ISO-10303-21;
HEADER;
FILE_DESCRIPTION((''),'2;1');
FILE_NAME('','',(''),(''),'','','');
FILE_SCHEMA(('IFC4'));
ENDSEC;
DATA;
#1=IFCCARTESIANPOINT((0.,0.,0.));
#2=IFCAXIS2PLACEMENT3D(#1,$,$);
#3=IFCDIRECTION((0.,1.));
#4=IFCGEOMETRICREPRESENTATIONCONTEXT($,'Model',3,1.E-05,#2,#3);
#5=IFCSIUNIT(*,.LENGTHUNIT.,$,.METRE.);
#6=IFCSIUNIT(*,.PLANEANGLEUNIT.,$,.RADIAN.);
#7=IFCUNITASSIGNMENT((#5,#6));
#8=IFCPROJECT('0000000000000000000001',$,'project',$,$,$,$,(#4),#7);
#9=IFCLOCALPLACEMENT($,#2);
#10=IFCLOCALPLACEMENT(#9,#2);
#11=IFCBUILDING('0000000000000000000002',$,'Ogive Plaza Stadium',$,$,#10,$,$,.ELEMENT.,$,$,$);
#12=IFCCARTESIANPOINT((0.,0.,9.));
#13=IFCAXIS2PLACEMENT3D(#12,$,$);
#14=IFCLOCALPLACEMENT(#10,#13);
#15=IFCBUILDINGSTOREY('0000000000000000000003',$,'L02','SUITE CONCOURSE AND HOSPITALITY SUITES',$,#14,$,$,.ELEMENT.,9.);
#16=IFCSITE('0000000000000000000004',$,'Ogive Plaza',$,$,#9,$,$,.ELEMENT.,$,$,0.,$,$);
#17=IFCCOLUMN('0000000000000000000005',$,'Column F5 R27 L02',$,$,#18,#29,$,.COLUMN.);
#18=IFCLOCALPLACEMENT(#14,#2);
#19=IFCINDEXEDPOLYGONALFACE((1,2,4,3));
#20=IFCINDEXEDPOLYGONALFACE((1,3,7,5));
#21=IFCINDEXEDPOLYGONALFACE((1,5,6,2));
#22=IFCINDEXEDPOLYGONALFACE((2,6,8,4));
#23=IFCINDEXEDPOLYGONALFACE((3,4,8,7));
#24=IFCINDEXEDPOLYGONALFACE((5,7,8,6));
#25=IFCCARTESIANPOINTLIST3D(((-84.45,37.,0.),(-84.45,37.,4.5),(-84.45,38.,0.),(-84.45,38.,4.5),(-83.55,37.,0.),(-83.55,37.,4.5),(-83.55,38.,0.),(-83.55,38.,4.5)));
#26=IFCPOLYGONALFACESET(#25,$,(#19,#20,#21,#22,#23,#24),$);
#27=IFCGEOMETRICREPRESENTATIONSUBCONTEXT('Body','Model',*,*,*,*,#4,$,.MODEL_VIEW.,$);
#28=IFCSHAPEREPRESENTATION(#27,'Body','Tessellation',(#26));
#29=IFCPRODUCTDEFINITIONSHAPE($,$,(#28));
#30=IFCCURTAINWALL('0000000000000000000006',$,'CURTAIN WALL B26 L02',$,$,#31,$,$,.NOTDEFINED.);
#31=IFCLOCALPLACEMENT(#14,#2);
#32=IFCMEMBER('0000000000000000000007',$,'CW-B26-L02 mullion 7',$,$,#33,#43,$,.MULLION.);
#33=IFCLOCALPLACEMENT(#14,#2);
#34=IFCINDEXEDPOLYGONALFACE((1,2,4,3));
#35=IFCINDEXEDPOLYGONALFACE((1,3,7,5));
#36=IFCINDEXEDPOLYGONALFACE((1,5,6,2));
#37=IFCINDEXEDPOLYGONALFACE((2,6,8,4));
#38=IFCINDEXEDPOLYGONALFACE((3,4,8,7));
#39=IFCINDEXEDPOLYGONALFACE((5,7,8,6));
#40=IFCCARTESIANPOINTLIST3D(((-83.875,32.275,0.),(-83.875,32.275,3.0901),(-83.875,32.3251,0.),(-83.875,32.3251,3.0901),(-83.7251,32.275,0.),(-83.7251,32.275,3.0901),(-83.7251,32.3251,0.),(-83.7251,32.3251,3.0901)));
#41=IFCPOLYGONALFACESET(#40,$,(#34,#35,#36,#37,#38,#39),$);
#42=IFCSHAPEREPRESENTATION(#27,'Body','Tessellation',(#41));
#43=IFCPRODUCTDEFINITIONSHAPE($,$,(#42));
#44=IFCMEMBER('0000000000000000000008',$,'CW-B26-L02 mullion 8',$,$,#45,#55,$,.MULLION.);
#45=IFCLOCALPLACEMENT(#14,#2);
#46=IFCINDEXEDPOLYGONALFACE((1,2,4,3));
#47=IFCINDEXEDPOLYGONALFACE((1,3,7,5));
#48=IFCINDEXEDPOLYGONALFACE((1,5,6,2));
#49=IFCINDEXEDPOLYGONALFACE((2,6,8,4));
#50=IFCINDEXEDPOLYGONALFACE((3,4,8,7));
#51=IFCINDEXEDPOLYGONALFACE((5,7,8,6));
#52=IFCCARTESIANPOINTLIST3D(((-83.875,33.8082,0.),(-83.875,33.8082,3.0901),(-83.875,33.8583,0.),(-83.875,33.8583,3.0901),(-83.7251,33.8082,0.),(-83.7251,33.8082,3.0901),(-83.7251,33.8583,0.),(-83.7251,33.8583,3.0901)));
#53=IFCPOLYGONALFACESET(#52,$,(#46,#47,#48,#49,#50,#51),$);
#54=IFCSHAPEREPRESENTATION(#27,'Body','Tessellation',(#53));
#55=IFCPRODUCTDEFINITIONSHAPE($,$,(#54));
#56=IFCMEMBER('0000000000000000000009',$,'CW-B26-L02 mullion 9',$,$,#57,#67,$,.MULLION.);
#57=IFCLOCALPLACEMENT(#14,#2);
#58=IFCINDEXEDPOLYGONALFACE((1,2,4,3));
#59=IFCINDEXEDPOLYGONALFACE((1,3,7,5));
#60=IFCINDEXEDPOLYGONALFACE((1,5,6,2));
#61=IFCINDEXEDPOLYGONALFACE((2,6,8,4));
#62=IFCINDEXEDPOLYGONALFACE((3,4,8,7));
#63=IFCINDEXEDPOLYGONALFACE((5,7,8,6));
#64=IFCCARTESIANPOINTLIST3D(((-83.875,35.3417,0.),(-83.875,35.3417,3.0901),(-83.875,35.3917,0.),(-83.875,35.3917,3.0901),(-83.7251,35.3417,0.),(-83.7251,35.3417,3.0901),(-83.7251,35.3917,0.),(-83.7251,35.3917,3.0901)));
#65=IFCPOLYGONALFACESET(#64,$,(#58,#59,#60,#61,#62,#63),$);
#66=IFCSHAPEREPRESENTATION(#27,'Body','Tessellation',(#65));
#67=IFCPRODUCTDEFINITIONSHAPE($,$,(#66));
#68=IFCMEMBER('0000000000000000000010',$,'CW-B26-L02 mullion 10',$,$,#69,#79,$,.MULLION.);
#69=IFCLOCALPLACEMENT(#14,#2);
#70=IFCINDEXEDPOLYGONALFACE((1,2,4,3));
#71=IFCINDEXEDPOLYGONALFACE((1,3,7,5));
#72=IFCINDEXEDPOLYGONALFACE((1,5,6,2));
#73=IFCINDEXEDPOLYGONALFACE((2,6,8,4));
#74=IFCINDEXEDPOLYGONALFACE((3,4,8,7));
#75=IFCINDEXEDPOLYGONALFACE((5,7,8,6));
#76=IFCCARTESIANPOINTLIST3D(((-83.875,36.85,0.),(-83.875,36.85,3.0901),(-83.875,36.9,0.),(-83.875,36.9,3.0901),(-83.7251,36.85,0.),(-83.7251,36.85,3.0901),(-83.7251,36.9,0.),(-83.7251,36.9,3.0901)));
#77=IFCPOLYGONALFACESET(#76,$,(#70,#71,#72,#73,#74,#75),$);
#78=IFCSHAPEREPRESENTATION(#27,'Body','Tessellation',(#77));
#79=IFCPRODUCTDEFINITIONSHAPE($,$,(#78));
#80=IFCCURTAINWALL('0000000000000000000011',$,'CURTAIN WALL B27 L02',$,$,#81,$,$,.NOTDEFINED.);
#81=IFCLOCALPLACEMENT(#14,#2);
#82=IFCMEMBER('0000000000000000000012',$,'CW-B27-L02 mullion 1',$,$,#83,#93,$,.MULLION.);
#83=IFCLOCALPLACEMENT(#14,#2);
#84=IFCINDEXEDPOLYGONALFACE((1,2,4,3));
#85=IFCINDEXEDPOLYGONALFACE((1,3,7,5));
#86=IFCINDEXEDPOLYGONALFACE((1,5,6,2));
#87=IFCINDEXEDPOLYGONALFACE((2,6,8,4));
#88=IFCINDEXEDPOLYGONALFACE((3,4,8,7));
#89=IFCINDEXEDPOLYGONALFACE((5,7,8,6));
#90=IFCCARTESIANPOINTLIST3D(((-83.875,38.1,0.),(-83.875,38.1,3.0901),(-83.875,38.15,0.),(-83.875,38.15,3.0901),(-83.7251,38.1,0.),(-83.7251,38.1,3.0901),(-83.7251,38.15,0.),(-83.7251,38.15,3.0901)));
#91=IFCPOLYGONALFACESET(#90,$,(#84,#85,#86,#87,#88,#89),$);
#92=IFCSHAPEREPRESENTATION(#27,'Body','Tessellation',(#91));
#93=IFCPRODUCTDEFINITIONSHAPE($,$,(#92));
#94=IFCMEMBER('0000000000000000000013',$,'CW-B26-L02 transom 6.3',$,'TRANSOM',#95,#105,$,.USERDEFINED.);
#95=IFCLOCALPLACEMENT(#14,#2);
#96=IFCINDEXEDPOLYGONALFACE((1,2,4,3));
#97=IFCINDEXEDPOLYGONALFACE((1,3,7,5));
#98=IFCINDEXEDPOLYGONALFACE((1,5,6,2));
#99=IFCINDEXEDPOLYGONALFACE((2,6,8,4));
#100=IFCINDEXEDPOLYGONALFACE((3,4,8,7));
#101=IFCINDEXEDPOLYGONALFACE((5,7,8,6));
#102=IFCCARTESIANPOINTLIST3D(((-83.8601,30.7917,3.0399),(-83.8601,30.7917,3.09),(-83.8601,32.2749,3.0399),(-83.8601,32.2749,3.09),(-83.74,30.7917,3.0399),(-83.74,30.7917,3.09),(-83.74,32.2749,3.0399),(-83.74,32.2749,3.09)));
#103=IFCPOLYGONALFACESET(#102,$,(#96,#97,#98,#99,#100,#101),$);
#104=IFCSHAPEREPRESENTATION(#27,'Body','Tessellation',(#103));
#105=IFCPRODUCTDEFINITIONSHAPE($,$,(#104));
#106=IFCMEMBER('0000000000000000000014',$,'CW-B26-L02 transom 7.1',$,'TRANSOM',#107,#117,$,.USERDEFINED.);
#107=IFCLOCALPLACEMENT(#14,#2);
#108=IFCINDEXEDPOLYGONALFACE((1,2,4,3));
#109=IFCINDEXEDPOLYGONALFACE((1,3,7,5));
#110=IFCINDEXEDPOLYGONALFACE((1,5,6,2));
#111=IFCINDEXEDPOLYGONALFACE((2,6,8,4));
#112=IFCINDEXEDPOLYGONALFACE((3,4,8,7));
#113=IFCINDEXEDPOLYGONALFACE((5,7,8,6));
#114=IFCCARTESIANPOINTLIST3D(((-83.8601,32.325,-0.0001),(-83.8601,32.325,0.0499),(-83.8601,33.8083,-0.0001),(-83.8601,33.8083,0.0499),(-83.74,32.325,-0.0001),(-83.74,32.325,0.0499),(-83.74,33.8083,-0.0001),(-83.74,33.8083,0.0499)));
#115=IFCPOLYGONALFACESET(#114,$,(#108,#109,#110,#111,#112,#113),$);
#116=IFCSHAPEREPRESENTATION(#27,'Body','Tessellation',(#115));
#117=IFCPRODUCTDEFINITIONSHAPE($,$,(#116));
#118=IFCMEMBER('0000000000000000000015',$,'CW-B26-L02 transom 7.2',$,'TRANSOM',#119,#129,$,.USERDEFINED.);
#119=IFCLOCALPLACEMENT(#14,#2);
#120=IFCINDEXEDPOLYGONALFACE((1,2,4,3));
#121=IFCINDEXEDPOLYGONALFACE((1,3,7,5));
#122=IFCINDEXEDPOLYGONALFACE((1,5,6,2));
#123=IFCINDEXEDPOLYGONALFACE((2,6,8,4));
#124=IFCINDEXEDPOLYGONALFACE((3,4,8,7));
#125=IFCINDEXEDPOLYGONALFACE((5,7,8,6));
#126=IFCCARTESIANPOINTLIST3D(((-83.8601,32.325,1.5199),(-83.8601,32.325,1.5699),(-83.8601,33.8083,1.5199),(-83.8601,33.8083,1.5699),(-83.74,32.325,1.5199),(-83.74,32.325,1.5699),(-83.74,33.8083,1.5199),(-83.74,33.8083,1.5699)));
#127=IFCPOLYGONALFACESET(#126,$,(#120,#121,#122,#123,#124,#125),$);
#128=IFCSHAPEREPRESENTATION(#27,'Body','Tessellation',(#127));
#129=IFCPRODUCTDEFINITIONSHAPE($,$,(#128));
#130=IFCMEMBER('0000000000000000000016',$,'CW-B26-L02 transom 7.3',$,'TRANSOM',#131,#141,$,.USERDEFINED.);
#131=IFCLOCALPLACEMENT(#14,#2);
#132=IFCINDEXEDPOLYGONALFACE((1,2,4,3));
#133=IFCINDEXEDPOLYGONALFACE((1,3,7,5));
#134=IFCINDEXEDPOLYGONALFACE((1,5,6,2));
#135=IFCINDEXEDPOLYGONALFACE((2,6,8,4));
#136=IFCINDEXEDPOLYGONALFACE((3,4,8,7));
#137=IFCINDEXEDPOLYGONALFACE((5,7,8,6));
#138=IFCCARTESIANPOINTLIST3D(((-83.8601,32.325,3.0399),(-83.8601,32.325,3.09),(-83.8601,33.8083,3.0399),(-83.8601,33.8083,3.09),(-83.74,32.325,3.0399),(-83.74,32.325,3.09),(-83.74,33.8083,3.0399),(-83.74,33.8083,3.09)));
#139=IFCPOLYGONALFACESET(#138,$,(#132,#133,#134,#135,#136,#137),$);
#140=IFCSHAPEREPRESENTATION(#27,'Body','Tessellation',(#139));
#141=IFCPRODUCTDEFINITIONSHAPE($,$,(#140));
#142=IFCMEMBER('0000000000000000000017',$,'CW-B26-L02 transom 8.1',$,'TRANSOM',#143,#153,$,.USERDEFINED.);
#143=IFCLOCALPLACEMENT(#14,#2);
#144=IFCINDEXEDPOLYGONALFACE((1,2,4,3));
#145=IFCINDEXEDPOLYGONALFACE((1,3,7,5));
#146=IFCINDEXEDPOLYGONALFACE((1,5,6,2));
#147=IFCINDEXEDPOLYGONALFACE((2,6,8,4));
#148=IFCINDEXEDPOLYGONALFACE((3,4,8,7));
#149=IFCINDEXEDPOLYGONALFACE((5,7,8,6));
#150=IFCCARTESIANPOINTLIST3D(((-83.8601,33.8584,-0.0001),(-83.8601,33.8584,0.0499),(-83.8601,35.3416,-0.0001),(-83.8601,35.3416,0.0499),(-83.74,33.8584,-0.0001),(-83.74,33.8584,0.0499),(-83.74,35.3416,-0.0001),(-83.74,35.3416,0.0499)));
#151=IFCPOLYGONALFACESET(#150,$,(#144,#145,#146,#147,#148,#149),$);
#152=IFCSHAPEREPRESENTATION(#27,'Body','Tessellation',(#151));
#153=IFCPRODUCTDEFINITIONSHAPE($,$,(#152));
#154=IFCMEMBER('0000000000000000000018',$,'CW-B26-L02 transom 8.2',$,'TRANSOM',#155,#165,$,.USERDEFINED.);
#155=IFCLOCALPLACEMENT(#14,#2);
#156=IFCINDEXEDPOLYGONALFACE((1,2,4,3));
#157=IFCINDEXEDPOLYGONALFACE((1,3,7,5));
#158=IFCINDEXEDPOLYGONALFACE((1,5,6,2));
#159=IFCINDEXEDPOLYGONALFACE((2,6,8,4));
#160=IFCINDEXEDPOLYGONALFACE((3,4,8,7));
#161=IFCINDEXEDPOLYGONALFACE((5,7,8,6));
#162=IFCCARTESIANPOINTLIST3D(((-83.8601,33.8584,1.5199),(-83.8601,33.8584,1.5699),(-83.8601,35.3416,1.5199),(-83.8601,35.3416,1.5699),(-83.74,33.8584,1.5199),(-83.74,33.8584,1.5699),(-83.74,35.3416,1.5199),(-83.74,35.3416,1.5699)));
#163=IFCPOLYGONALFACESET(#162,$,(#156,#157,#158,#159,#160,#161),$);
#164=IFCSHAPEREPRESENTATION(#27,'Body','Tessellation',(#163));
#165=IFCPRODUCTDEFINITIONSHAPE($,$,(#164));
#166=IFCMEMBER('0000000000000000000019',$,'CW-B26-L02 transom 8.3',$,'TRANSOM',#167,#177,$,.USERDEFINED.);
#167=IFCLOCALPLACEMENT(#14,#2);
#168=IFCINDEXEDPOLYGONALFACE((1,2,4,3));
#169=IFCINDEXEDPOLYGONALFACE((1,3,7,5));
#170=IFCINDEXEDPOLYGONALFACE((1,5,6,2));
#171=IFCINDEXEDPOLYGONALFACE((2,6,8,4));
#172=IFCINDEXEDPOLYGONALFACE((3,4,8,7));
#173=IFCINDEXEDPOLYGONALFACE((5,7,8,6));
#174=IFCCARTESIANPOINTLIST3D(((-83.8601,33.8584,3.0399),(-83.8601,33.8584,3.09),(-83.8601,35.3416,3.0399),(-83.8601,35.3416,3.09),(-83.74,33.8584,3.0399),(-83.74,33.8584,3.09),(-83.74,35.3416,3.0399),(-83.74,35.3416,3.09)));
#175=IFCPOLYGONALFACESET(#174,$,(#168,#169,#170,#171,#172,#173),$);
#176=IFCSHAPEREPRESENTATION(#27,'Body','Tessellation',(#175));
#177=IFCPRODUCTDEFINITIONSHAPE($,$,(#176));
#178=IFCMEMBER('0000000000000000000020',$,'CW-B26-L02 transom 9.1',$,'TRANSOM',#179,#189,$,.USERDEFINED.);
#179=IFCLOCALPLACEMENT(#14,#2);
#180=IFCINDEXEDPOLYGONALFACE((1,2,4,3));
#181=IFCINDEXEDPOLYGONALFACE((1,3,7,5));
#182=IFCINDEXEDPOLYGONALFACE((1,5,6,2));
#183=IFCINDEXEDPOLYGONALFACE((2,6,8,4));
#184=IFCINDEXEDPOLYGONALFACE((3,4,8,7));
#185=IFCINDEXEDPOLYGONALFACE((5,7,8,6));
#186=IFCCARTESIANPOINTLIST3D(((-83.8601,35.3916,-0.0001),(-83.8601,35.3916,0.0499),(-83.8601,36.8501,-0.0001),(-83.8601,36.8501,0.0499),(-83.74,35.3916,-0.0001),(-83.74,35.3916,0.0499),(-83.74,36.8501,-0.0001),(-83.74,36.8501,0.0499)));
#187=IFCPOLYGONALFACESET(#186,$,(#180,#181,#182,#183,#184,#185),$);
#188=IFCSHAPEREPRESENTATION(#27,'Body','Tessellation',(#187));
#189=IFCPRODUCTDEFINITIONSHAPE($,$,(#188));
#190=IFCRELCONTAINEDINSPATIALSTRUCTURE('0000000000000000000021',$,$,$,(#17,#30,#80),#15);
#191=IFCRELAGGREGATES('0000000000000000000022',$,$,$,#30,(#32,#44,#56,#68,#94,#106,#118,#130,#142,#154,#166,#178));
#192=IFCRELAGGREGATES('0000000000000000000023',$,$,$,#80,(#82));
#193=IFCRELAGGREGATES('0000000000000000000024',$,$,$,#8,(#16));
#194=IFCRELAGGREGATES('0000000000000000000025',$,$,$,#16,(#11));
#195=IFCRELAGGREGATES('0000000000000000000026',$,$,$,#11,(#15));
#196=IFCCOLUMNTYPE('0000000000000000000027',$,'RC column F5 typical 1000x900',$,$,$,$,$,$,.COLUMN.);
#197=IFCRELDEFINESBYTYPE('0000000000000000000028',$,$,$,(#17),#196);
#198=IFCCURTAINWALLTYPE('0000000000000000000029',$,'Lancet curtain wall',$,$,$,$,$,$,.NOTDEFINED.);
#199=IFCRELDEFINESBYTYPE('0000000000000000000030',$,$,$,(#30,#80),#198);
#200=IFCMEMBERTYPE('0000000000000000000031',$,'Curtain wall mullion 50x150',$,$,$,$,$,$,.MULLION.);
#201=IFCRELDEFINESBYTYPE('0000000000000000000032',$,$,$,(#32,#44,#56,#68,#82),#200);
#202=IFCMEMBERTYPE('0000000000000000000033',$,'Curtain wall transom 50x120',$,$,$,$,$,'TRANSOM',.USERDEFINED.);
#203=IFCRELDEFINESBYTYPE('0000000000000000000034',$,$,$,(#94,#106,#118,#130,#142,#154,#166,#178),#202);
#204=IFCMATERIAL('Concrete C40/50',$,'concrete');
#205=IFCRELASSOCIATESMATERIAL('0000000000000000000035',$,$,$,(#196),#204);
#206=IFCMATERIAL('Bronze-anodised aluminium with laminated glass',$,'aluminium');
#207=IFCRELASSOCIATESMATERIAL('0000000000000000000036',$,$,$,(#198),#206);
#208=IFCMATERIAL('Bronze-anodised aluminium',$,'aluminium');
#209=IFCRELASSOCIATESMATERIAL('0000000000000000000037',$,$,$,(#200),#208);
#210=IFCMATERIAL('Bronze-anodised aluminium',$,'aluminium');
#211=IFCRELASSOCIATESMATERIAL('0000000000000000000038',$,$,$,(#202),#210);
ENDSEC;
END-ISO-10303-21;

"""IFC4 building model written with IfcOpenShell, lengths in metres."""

from ifc_helpers import new_model, si_unit, direction, frame, origin, origin_2d, place, context, subcontext, project, spatial, rectangle, extrude, material, material_profile, profile_set, type_object, element, aggregate, save


model = new_model("IFC4")

# Units and contexts
model_context = context("Model", 3, precision=1e-05, world=origin(), true_north=direction((0.0, 1.0)))
body_context = subcontext(model_context, "Body", "Model", "MODEL_VIEW")
ifc_project = project(units=[si_unit("LENGTHUNIT", "METRE"), si_unit("PLANEANGLEUNIT", "RADIAN")], contexts=[model_context])

# Site, building, storey
site_placement = place(None, origin())
site = spatial("IfcSite", under=ifc_project, at=site_placement, Name="Ogive Plaza", CompositionType="ELEMENT", RefElevation=0.0)
building_placement = place(site_placement, origin())
building = spatial("IfcBuilding", under=site, at=building_placement, Name="Ogive Plaza Stadium", CompositionType="ELEMENT")
storey_placement = place(building_placement, frame((0.0, 0.0, 9.0)))
storey = spatial("IfcBuildingStorey", under=building, at=storey_placement, Name="L02", Description="SUITE CONCOURSE AND HOSPITALITY SUITES", CompositionType="ELEMENT", Elevation=9.0)

# Column
ifc_material_1 = material(Name="Concrete C40/50", Category="concrete")
ifc_material_profile_1 = material_profile(ifc_material_1, rectangle(XDim=1.0, YDim=0.8999, at=origin_2d()), Name="RC 1000x900")
ifc_profile_set_1 = profile_set([ifc_material_profile_1], Name="Concrete C40/50")
column_type = type_object("IfcColumnType", Name="RC column F5 typical 1000x900", PredefinedType="COLUMN", material=ifc_profile_set_1)
column_placement = place(storey_placement, frame((-84.0, 37.5, 0.0), z_axis=(0.0, 0.0, 1.0), x_axis=(0.0, -1.0, 0.0)))
element("IfcColumn", 1, at=column_placement, inside=storey, type_object=column_type, Name="Column F5 R27 L02", PredefinedType="COLUMN", context=body_context, shape_type="SweptSolid", body=[
    extrude(rectangle(XDim=1.0, YDim=0.8999, at=origin_2d()), origin(), (0.0, 0.0, 1.0), 4.5),
])

# Curtain wall, members
ifc_material_2 = material(Name="Bronze-anodised aluminium with laminated glass", Category="aluminium")
curtain_wall_type = type_object("IfcCurtainWallType", Name="Lancet curtain wall", PredefinedType="NOTDEFINED", material=ifc_material_2)
curtain_wall_1_placement = place(storey_placement, origin())
curtain_wall_1 = element("IfcCurtainWall", 2, at=curtain_wall_1_placement, inside=storey, type_object=curtain_wall_type, Name="CURTAIN WALL B26 L02", PredefinedType="NOTDEFINED")
ifc_material_3 = material(Name="Bronze-anodised aluminium", Category="aluminium")
ifc_material_profile_2 = material_profile(ifc_material_3, rectangle(XDim=0.1499, YDim=0.05, at=origin_2d()), Name="AL 150x50")
ifc_profile_set_2 = profile_set([ifc_material_profile_2], Name="Bronze-anodised aluminium")
member_type_1 = type_object("IfcMemberType", Name="Curtain wall mullion 50x150", PredefinedType="MULLION", material=ifc_profile_set_2)
member_1_placement = place(storey_placement, frame((-83.8, 32.3, 0.0), z_axis=(0.0, 0.0, 1.0), x_axis=(-1.0, 0.0, 0.0)))
member_1 = element("IfcMember", 3, at=member_1_placement, type_object=member_type_1, Name="CW-B26-L02 mullion 7", PredefinedType="MULLION", context=body_context, shape_type="SweptSolid", body=[
    extrude(rectangle(XDim=0.1499, YDim=0.05, at=origin_2d()), origin(), (0.0, 0.0, 1.0), 3.0901),
])
member_2_placement = place(storey_placement, frame((-83.8, 33.8333, 0.0), z_axis=(0.0, 0.0, 1.0), x_axis=(-1.0, 0.0, 0.0)))
member_2 = element("IfcMember", 4, at=member_2_placement, type_object=member_type_1, Name="CW-B26-L02 mullion 8", PredefinedType="MULLION", context=body_context, shape_type="SweptSolid", body=[
    extrude(rectangle(XDim=0.1499, YDim=0.05, at=origin_2d()), origin(), (0.0, 0.0, 1.0), 3.0901),
])
member_3_placement = place(storey_placement, frame((-83.8, 35.3667, 0.0), z_axis=(0.0, 0.0, 1.0), x_axis=(-1.0, 0.0, 0.0)))
member_3 = element("IfcMember", 5, at=member_3_placement, type_object=member_type_1, Name="CW-B26-L02 mullion 9", PredefinedType="MULLION", context=body_context, shape_type="SweptSolid", body=[
    extrude(rectangle(XDim=0.1499, YDim=0.05, at=origin_2d()), origin(), (0.0, 0.0, 1.0), 3.0901),
])
member_4_placement = place(storey_placement, frame((-83.8, 36.875, 0.0), z_axis=(0.0, 0.0, 1.0), x_axis=(-1.0, 0.0, 0.0)))
member_4 = element("IfcMember", 6, at=member_4_placement, type_object=member_type_1, Name="CW-B26-L02 mullion 10", PredefinedType="MULLION", context=body_context, shape_type="SweptSolid", body=[
    extrude(rectangle(XDim=0.1499, YDim=0.05, at=origin_2d()), origin(), (0.0, 0.0, 1.0), 3.0901),
])

# Curtain wall, member
curtain_wall_2_placement = place(storey_placement, origin())
curtain_wall_2 = element("IfcCurtainWall", 7, at=curtain_wall_2_placement, inside=storey, type_object=curtain_wall_type, Name="CURTAIN WALL B27 L02", PredefinedType="NOTDEFINED")
member_5_placement = place(storey_placement, frame((-83.8, 38.125, 0.0), z_axis=(0.0, 0.0, 1.0), x_axis=(-1.0, 0.0, 0.0)))
member_5 = element("IfcMember", 8, at=member_5_placement, type_object=member_type_1, Name="CW-B27-L02 mullion 1", PredefinedType="MULLION", context=body_context, shape_type="SweptSolid", body=[
    extrude(rectangle(XDim=0.1499, YDim=0.05, at=origin_2d()), origin(), (0.0, 0.0, 1.0), 3.0901),
])

# Members
ifc_material_4 = material(Name="Bronze-anodised aluminium", Category="aluminium")
ifc_material_profile_3 = material_profile(ifc_material_4, rectangle(XDim=0.1201, YDim=0.05, at=origin_2d()), Name="AL 120x50")
ifc_profile_set_3 = profile_set([ifc_material_profile_3], Name="Bronze-anodised aluminium")
member_type_2 = type_object("IfcMemberType", Name="Curtain wall transom 50x120", ElementType="TRANSOM", PredefinedType="USERDEFINED", material=ifc_profile_set_3)
member_6_placement = place(storey_placement, frame((-83.8, 30.7917, 3.0649), z_axis=(0.0, 1.0, 0.0), x_axis=(-1.0, 0.0, 0.0)))
member_6 = element("IfcMember", 9, at=member_6_placement, type_object=member_type_2, Name="CW-B26-L02 transom 6.3", ObjectType="TRANSOM", PredefinedType="USERDEFINED", context=body_context, shape_type="SweptSolid", body=[
    extrude(rectangle(XDim=0.1201, YDim=0.05, at=origin_2d()), origin(), (0.0, 0.0, 1.0), 1.4832),
])
member_7_placement = place(storey_placement, frame((-83.8, 32.325, 0.0249), z_axis=(0.0, 1.0, 0.0), x_axis=(-1.0, 0.0, 0.0)))
member_7 = element("IfcMember", 10, at=member_7_placement, type_object=member_type_2, Name="CW-B26-L02 transom 7.1", ObjectType="TRANSOM", PredefinedType="USERDEFINED", context=body_context, shape_type="SweptSolid", body=[
    extrude(rectangle(XDim=0.1201, YDim=0.05, at=origin_2d()), origin(), (0.0, 0.0, 1.0), 1.4834),
])
member_8_placement = place(storey_placement, frame((-83.8, 32.325, 1.5449), z_axis=(0.0, 1.0, 0.0), x_axis=(-1.0, 0.0, 0.0)))
member_8 = element("IfcMember", 11, at=member_8_placement, type_object=member_type_2, Name="CW-B26-L02 transom 7.2", ObjectType="TRANSOM", PredefinedType="USERDEFINED", context=body_context, shape_type="SweptSolid", body=[
    extrude(rectangle(XDim=0.1201, YDim=0.05, at=origin_2d()), origin(), (0.0, 0.0, 1.0), 1.4834),
])
member_9_placement = place(storey_placement, frame((-83.8, 32.325, 3.0649), z_axis=(0.0, 1.0, 0.0), x_axis=(-1.0, 0.0, 0.0)))
member_9 = element("IfcMember", 12, at=member_9_placement, type_object=member_type_2, Name="CW-B26-L02 transom 7.3", ObjectType="TRANSOM", PredefinedType="USERDEFINED", context=body_context, shape_type="SweptSolid", body=[
    extrude(rectangle(XDim=0.1201, YDim=0.05, at=origin_2d()), origin(), (0.0, 0.0, 1.0), 1.4834),
])
member_10_placement = place(storey_placement, frame((-83.8, 33.8584, 0.0249), z_axis=(0.0, 1.0, 0.0), x_axis=(-1.0, 0.0, 0.0)))
member_10 = element("IfcMember", 13, at=member_10_placement, type_object=member_type_2, Name="CW-B26-L02 transom 8.1", ObjectType="TRANSOM", PredefinedType="USERDEFINED", context=body_context, shape_type="SweptSolid", body=[
    extrude(rectangle(XDim=0.1201, YDim=0.05, at=origin_2d()), origin(), (0.0, 0.0, 1.0), 1.4832),
])
member_11_placement = place(storey_placement, frame((-83.8, 33.8584, 1.5449), z_axis=(0.0, 1.0, 0.0), x_axis=(-1.0, 0.0, 0.0)))
member_11 = element("IfcMember", 14, at=member_11_placement, type_object=member_type_2, Name="CW-B26-L02 transom 8.2", ObjectType="TRANSOM", PredefinedType="USERDEFINED", context=body_context, shape_type="SweptSolid", body=[
    extrude(rectangle(XDim=0.1201, YDim=0.05, at=origin_2d()), origin(), (0.0, 0.0, 1.0), 1.4832),
])
member_12_placement = place(storey_placement, frame((-83.8, 33.8584, 3.0649), z_axis=(0.0, 1.0, 0.0), x_axis=(-1.0, 0.0, 0.0)))
member_12 = element("IfcMember", 15, at=member_12_placement, type_object=member_type_2, Name="CW-B26-L02 transom 8.3", ObjectType="TRANSOM", PredefinedType="USERDEFINED", context=body_context, shape_type="SweptSolid", body=[
    extrude(rectangle(XDim=0.1201, YDim=0.05, at=origin_2d()), origin(), (0.0, 0.0, 1.0), 1.4832),
])
member_13_placement = place(storey_placement, frame((-83.8, 35.3916, 0.0249), z_axis=(0.0, 1.0, 0.0), x_axis=(-1.0, 0.0, 0.0)))
member_13 = element("IfcMember", 16, at=member_13_placement, type_object=member_type_2, Name="CW-B26-L02 transom 9.1", ObjectType="TRANSOM", PredefinedType="USERDEFINED", context=body_context, shape_type="SweptSolid", body=[
    extrude(rectangle(XDim=0.1201, YDim=0.05, at=origin_2d()), origin(), (0.0, 0.0, 1.0), 1.4585),
])

aggregate(curtain_wall_1, [member_1, member_2, member_3, member_4, member_6, member_7, member_8, member_9, member_10, member_11, member_12, member_13])
aggregate(curtain_wall_2, [member_5])

save(model, "model.ifc")
